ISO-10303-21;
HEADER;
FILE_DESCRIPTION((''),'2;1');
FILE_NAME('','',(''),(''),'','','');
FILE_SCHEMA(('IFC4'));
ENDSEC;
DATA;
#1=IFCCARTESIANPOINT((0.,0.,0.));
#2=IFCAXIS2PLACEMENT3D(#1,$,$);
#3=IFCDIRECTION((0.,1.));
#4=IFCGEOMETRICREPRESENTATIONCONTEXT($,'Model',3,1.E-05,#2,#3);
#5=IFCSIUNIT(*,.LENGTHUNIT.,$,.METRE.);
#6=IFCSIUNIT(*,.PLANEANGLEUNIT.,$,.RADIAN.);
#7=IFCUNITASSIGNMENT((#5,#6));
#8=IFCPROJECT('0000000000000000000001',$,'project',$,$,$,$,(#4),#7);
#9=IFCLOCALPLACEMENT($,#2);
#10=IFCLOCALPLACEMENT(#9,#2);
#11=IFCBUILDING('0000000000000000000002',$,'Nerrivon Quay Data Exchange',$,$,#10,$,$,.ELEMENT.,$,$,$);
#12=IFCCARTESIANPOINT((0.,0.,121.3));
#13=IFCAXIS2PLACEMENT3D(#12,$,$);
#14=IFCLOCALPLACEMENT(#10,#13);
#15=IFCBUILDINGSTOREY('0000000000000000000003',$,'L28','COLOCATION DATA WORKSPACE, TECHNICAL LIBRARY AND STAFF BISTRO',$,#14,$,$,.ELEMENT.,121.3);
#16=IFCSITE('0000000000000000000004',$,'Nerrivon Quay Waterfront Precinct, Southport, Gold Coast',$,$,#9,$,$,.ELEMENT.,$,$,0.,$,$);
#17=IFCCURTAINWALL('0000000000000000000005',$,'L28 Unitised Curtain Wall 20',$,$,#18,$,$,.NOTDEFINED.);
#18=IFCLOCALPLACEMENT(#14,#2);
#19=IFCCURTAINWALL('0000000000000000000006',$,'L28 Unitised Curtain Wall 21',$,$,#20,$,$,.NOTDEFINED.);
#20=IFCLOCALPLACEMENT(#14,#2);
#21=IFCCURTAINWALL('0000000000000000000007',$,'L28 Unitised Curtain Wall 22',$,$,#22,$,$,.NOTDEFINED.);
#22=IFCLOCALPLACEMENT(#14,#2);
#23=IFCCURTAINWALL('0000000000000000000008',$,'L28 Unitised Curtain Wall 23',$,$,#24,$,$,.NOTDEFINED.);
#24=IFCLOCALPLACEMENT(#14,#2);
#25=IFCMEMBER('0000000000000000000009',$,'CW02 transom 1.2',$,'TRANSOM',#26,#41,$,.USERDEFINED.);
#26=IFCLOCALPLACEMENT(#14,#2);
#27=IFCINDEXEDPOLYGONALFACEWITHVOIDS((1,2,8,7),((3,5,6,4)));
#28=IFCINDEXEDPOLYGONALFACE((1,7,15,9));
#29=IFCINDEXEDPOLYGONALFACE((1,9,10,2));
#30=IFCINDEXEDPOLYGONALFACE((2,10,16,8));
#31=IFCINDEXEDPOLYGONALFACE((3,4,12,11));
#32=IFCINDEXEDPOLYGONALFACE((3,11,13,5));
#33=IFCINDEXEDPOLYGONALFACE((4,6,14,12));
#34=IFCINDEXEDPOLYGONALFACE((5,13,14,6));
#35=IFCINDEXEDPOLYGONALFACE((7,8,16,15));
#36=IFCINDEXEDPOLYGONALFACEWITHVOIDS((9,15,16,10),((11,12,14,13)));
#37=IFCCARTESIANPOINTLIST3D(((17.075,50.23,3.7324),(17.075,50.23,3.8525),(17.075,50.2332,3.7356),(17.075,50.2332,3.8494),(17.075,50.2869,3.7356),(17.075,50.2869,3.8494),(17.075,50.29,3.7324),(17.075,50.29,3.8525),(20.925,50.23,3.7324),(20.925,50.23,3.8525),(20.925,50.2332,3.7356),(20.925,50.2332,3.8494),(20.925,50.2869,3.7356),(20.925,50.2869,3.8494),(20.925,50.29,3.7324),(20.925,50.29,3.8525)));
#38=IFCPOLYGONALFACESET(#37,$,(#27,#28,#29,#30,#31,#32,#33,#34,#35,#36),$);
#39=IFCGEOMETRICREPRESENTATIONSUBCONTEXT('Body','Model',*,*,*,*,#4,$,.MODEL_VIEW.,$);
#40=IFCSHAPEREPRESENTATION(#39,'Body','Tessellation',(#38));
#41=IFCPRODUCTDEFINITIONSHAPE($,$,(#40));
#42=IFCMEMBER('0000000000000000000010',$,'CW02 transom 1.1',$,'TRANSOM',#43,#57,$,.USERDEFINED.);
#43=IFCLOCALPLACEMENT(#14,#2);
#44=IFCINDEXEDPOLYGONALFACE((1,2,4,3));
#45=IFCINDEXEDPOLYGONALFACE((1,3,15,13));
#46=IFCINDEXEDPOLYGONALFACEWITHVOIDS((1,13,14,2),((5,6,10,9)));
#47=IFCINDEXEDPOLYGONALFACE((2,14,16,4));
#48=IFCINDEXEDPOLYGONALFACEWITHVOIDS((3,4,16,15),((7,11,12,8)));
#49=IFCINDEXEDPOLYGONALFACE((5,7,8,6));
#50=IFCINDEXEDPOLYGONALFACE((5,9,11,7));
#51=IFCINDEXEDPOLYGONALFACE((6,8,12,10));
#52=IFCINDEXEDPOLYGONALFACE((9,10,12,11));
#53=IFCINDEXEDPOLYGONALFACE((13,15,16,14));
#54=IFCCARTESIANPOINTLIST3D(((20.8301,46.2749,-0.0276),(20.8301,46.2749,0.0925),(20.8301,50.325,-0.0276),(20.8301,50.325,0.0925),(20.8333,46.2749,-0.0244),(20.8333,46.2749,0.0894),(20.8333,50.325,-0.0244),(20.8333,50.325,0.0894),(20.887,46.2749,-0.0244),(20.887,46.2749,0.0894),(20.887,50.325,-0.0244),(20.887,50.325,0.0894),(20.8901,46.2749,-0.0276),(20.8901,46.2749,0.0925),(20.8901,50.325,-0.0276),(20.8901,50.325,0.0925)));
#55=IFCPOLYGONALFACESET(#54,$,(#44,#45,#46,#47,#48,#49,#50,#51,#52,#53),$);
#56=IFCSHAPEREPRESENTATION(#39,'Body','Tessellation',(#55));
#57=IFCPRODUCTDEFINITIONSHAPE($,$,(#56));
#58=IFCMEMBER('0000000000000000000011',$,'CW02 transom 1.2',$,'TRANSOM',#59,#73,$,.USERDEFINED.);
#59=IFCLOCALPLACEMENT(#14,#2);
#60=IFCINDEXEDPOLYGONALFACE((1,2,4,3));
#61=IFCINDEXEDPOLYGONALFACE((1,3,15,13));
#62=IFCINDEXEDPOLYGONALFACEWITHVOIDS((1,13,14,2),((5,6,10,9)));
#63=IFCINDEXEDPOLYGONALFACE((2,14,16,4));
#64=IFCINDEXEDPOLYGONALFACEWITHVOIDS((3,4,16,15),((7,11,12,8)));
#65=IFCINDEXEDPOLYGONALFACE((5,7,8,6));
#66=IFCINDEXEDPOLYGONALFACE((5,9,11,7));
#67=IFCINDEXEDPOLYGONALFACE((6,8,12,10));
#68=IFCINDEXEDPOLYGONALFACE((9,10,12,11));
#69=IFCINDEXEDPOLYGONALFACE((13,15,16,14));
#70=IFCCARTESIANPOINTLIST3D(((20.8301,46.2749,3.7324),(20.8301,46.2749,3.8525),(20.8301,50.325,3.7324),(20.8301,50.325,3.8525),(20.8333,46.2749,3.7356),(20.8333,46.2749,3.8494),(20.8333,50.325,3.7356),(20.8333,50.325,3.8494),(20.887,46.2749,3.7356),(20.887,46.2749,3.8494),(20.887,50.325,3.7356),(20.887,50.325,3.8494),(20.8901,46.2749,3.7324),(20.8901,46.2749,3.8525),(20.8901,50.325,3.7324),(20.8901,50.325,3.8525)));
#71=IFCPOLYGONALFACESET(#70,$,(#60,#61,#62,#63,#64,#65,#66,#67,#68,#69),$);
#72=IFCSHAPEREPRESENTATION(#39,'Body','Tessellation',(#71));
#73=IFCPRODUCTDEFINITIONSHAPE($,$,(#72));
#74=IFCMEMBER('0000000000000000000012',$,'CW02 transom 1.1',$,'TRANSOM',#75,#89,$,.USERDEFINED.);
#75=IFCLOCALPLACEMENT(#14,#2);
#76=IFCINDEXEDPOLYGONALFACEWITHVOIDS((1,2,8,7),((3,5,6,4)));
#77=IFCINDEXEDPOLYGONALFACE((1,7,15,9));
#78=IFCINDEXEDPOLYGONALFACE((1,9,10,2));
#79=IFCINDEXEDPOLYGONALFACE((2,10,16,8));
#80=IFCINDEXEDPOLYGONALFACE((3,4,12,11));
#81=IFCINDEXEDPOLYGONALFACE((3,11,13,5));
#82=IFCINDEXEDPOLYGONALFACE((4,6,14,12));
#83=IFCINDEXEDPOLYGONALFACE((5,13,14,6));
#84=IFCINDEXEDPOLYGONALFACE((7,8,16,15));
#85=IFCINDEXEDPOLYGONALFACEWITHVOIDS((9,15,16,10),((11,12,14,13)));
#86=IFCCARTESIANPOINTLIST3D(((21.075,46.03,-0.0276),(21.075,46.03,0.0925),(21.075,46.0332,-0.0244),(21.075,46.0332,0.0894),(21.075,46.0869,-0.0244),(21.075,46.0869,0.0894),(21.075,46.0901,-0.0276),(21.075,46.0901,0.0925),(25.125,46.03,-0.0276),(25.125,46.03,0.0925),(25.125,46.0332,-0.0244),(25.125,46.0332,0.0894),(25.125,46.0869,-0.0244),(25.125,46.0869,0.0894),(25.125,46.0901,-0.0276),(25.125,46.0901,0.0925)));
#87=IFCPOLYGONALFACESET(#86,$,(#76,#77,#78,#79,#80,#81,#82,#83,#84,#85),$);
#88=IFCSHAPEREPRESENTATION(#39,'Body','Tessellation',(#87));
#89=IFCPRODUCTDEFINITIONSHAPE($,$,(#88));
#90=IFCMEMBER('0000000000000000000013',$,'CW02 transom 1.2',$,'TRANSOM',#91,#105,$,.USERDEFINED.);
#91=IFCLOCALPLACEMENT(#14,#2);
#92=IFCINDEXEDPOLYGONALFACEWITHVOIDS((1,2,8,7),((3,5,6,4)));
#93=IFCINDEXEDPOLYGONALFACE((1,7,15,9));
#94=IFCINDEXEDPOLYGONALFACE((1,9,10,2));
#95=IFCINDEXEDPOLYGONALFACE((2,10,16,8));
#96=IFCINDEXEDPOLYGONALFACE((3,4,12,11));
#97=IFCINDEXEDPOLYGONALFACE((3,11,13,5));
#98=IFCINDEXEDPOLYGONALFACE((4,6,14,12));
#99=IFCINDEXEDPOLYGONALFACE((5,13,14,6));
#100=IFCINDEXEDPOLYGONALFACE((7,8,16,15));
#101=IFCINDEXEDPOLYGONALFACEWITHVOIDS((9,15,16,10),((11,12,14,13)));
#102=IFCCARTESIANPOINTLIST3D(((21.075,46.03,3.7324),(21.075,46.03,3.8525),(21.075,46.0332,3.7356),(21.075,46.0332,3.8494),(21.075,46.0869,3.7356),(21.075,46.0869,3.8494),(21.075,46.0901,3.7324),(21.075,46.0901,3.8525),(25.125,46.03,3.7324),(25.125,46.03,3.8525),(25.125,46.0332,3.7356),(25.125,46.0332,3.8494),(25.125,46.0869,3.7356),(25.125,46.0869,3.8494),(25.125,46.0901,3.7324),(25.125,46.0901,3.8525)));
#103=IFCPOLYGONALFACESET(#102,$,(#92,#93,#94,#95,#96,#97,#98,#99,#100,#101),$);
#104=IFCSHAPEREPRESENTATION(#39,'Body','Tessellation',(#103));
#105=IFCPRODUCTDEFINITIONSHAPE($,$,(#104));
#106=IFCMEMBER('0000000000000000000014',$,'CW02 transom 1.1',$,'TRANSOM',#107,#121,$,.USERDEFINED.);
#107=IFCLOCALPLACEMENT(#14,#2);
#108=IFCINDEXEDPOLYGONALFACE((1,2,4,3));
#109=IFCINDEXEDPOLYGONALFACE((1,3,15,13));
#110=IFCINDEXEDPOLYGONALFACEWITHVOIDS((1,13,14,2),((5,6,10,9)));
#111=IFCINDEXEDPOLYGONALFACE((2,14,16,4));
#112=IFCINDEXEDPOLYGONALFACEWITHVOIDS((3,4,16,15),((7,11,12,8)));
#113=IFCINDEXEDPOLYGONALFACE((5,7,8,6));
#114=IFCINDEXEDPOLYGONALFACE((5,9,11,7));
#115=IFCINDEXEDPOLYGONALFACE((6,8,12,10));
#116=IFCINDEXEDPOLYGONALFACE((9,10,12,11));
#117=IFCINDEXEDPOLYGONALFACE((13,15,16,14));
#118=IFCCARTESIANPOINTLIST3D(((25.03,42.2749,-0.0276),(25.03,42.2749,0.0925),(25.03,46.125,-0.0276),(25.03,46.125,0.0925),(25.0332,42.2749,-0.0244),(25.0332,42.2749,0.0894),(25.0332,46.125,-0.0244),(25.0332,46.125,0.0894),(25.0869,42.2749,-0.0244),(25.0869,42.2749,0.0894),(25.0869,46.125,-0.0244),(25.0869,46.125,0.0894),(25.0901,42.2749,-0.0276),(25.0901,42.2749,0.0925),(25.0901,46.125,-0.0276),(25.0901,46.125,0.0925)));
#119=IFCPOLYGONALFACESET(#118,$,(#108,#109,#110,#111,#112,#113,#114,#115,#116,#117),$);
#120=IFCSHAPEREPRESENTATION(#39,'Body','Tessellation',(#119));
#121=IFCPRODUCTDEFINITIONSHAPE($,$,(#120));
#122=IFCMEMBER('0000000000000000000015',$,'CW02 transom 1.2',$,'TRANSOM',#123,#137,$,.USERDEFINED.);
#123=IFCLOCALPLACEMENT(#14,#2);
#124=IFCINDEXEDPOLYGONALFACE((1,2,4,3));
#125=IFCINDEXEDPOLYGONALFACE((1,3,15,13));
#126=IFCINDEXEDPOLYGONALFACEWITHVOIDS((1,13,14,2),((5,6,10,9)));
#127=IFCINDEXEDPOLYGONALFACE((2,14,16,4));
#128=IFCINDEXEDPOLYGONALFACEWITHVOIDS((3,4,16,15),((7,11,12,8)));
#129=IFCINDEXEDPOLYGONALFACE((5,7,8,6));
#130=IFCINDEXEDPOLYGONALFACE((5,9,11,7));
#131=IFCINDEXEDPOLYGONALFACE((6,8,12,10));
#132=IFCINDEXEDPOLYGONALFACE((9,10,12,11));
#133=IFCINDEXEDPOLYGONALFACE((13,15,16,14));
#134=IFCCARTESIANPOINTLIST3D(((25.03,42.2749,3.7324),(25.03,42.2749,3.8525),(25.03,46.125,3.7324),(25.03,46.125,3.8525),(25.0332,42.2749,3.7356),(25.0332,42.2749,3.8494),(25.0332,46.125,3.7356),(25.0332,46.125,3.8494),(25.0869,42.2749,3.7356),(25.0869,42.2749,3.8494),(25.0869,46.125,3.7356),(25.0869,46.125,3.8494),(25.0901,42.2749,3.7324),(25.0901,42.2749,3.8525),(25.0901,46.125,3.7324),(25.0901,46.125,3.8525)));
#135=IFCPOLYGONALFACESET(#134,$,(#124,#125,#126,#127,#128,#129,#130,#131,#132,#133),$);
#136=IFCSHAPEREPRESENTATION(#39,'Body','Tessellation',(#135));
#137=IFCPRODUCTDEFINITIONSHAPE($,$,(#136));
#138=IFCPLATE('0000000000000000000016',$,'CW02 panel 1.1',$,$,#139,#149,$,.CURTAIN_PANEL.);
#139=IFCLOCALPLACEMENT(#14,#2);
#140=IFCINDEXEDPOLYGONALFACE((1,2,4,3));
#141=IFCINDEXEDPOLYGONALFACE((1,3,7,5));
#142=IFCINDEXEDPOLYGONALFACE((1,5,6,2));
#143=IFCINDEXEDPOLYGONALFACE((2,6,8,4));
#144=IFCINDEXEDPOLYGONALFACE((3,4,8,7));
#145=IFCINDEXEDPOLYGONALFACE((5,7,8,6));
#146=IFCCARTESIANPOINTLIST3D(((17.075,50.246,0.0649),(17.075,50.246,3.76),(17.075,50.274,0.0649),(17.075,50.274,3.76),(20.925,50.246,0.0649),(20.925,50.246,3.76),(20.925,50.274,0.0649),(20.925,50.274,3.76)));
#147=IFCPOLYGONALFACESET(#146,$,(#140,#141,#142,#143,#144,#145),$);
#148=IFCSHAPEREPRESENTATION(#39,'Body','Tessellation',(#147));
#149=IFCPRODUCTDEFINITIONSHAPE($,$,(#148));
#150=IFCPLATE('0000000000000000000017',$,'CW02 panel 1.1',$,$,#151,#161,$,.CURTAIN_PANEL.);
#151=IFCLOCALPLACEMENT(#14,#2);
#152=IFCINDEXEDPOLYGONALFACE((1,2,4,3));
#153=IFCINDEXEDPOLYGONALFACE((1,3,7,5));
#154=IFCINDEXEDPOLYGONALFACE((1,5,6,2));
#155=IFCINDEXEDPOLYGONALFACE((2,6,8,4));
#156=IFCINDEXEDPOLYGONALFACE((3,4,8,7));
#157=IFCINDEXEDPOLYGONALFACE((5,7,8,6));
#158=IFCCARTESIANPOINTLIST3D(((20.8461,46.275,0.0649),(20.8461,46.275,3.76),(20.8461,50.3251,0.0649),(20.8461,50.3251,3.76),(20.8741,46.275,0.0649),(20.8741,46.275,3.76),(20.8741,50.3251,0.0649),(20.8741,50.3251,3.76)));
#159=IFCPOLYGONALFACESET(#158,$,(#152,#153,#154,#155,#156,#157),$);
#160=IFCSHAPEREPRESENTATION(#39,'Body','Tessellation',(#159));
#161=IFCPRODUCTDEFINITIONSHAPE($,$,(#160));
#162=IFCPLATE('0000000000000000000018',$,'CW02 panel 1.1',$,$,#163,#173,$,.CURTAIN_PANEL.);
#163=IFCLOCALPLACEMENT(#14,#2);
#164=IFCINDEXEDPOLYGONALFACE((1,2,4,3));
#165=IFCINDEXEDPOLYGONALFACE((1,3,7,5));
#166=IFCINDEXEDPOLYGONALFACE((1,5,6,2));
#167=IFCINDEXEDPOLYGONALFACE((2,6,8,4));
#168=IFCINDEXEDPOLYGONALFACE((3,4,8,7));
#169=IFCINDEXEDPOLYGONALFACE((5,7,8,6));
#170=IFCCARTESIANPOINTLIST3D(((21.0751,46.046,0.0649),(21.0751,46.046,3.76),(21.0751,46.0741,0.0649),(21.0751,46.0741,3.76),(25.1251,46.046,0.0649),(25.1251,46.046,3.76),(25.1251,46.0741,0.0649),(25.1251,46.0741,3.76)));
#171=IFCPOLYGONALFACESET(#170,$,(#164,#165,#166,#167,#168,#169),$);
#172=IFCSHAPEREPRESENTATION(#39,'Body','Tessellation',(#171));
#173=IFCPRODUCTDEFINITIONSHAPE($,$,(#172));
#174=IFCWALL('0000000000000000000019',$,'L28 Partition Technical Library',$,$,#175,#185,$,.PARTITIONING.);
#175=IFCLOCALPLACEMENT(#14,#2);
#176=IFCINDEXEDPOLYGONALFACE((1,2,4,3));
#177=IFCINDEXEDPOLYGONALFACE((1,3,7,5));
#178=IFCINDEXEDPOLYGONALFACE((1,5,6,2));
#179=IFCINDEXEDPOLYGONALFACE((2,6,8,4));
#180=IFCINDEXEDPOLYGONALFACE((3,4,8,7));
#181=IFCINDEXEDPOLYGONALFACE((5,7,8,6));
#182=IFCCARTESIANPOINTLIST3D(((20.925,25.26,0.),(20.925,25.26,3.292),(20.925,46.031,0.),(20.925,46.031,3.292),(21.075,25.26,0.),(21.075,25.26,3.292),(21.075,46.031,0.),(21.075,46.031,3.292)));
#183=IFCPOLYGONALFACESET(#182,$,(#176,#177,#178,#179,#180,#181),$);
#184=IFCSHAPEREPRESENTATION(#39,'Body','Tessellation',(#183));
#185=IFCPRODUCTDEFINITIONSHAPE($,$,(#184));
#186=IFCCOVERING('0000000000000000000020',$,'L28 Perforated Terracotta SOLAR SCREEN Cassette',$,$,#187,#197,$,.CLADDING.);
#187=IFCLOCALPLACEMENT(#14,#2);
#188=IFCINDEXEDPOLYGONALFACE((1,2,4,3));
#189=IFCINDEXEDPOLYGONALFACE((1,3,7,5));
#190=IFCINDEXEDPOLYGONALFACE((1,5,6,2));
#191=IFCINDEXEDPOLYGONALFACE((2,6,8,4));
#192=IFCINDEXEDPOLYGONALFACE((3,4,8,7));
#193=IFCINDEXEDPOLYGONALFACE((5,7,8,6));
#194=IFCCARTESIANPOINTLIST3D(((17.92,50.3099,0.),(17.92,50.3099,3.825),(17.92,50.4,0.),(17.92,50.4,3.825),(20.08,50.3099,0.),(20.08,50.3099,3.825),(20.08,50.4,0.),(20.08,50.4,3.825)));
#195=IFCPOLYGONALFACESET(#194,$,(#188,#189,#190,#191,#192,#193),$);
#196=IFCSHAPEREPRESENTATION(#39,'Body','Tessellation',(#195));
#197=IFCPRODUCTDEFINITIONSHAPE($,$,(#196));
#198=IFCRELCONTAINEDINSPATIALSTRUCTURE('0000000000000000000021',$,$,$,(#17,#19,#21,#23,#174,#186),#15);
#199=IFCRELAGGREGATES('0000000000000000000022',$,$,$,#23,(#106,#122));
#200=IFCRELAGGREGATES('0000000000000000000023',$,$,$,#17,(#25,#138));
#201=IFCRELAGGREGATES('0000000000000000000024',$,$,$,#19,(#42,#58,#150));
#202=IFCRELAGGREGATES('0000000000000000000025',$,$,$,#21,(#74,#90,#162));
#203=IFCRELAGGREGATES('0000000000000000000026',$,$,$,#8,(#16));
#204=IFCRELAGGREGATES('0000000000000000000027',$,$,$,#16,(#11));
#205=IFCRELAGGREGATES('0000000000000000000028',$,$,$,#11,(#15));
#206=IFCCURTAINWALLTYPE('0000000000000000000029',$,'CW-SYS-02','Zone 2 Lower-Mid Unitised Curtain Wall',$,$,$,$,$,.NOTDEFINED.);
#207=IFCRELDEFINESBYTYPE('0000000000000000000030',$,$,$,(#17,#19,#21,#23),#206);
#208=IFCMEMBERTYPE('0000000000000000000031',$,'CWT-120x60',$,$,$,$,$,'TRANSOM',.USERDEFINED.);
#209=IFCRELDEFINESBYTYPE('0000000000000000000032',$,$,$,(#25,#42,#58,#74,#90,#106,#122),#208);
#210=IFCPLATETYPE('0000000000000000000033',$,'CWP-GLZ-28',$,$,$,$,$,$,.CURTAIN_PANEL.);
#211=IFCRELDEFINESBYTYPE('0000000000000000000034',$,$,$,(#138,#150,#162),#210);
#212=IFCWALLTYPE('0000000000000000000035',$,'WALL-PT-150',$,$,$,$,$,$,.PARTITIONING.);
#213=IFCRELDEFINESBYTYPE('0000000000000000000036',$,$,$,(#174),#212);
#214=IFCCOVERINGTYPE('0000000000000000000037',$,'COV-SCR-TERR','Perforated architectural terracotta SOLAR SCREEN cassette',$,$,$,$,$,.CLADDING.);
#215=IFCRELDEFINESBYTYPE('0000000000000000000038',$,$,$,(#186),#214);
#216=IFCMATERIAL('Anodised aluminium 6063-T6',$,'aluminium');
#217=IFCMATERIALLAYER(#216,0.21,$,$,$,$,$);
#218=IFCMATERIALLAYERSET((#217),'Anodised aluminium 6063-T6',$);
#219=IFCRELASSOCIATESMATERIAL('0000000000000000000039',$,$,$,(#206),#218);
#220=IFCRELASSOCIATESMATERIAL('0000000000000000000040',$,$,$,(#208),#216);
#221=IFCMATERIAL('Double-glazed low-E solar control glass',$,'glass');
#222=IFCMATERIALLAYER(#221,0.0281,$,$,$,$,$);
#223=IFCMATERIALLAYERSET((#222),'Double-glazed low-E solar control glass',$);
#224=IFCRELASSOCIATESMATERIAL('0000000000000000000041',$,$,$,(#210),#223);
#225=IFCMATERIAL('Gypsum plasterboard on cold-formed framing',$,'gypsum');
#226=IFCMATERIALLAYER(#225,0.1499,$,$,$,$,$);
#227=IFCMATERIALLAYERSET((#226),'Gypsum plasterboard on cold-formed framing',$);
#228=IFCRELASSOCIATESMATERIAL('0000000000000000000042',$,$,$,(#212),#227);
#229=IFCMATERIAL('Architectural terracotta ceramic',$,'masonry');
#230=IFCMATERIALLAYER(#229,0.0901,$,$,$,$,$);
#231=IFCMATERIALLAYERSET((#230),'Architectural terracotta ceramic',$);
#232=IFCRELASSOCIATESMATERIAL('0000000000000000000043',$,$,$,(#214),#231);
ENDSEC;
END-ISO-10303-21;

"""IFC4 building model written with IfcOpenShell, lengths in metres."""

from ifc_helpers import new_model, si_unit, direction, frame, frame_2d, origin, origin_2d, place, context, subcontext, project, spatial, rectangle, hollow_rectangle, extrude, material, layer, layer_set, material_profile, profile_set, type_object, element, aggregate, save


model = new_model("IFC4")

# Units and contexts
model_context = context("Model", 3, precision=1e-05, world=origin(), true_north=direction((0.0, 1.0)))
body_context = subcontext(model_context, "Body", "Model", "MODEL_VIEW")
ifc_project = project(units=[si_unit("LENGTHUNIT", "METRE"), si_unit("PLANEANGLEUNIT", "RADIAN")], contexts=[model_context])

# Site, building, storey
site_placement = place(None, origin())
site = spatial("IfcSite", under=ifc_project, at=site_placement, Name="Nerrivon Quay Waterfront Precinct, Southport, Gold Coast", CompositionType="ELEMENT", RefElevation=0.0)
building_placement = place(site_placement, origin())
building = spatial("IfcBuilding", under=site, at=building_placement, Name="Nerrivon Quay Data Exchange", CompositionType="ELEMENT")
storey_placement = place(building_placement, frame((0.0, 0.0, 121.3)))
storey = spatial("IfcBuildingStorey", under=building, at=storey_placement, Name="L28", Description="COLOCATION DATA WORKSPACE, TECHNICAL LIBRARY AND STAFF BISTRO", CompositionType="ELEMENT", Elevation=121.3)

# Shared definitions
ifc_material_1 = material(Name="Anodised aluminium 6063-T6", Category="aluminium")
ifc_layer_1 = layer(ifc_material_1, 0.21)
ifc_layer_set_1 = layer_set([ifc_layer_1], Name="Anodised aluminium 6063-T6")
curtain_wall_type = type_object("IfcCurtainWallType", Name="CW-SYS-02", Description="Zone 2 Lower-Mid Unitised Curtain Wall", PredefinedType="NOTDEFINED", material=ifc_layer_set_1)

# Curtain walls
curtain_wall_1_placement = place(storey_placement, origin())
curtain_wall_1 = element("IfcCurtainWall", 1, at=curtain_wall_1_placement, inside=storey, type_object=curtain_wall_type, Name="L28 Unitised Curtain Wall 20", PredefinedType="NOTDEFINED")
curtain_wall_2_placement = place(storey_placement, origin())
curtain_wall_2 = element("IfcCurtainWall", 2, at=curtain_wall_2_placement, inside=storey, type_object=curtain_wall_type, Name="L28 Unitised Curtain Wall 21", PredefinedType="NOTDEFINED")
curtain_wall_3_placement = place(storey_placement, origin())
curtain_wall_3 = element("IfcCurtainWall", 3, at=curtain_wall_3_placement, inside=storey, type_object=curtain_wall_type, Name="L28 Unitised Curtain Wall 22", PredefinedType="NOTDEFINED")

# Curtain wall
curtain_wall_4_placement = place(storey_placement, origin())
curtain_wall_4 = element("IfcCurtainWall", 4, at=curtain_wall_4_placement, inside=storey, type_object=curtain_wall_type, Name="L28 Unitised Curtain Wall 23", PredefinedType="NOTDEFINED")

# Members
ifc_material_profile_1 = material_profile(ifc_material_1, hollow_rectangle(XDim=0.0601, YDim=0.1201, WallThickness=0.0032, at=origin_2d()), Name="ALU-TRAN-120x60")
ifc_profile_set_1 = profile_set([ifc_material_profile_1], Name="Anodised aluminium 6063-T6")
member_type_1 = type_object("IfcMemberType", Name="CWT-120x60", ElementType="TRANSOM", PredefinedType="USERDEFINED", material=ifc_profile_set_1)
member_1_placement = place(storey_placement, frame((17.075, 50.26, 3.7925), z_axis=(1.0, 0.0, 0.0), x_axis=(0.0, 1.0, 0.0)))
member_1 = element("IfcMember", 5, at=member_1_placement, type_object=member_type_1, Name="CW02 transom 1.2", ObjectType="TRANSOM", PredefinedType="USERDEFINED", context=body_context, shape_type="SweptSolid", body=[
    extrude(hollow_rectangle(XDim=0.0601, YDim=0.1201, WallThickness=0.0032, at=origin_2d()), origin(), (0.0, 0.0, 1.0), 3.8501),
])
member_2_placement = place(storey_placement, frame((20.8601, 50.325, 0.0325), z_axis=(0.0, -1.0, 0.0), x_axis=(1.0, 0.0, 0.0)))
member_2 = element("IfcMember", 6, at=member_2_placement, type_object=member_type_1, Name="CW02 transom 1.1", ObjectType="TRANSOM", PredefinedType="USERDEFINED", context=body_context, shape_type="SweptSolid", body=[
    extrude(hollow_rectangle(XDim=0.0601, YDim=0.1201, WallThickness=0.0032, at=origin_2d()), origin(), (0.0, 0.0, 1.0), 4.05),
])
member_3_placement = place(storey_placement, frame((20.8601, 50.325, 3.7925), z_axis=(0.0, -1.0, 0.0), x_axis=(1.0, 0.0, 0.0)))
member_3 = element("IfcMember", 7, at=member_3_placement, type_object=member_type_1, Name="CW02 transom 1.2", ObjectType="TRANSOM", PredefinedType="USERDEFINED", context=body_context, shape_type="SweptSolid", body=[
    extrude(hollow_rectangle(XDim=0.0601, YDim=0.1201, WallThickness=0.0032, at=origin_2d()), origin(), (0.0, 0.0, 1.0), 4.05),
])
member_4_placement = place(storey_placement, frame((21.075, 46.0601, 0.0325), z_axis=(1.0, 0.0, 0.0), x_axis=(0.0, 1.0, 0.0)))
member_4 = element("IfcMember", 8, at=member_4_placement, type_object=member_type_1, Name="CW02 transom 1.1", ObjectType="TRANSOM", PredefinedType="USERDEFINED", context=body_context, shape_type="SweptSolid", body=[
    extrude(hollow_rectangle(XDim=0.0601, YDim=0.1201, WallThickness=0.0032, at=origin_2d()), origin(), (0.0, 0.0, 1.0), 4.05),
])
member_5_placement = place(storey_placement, frame((21.075, 46.0601, 3.7925), z_axis=(1.0, 0.0, 0.0), x_axis=(0.0, 1.0, 0.0)))
member_5 = element("IfcMember", 9, at=member_5_placement, type_object=member_type_1, Name="CW02 transom 1.2", ObjectType="TRANSOM", PredefinedType="USERDEFINED", context=body_context, shape_type="SweptSolid", body=[
    extrude(hollow_rectangle(XDim=0.0601, YDim=0.1201, WallThickness=0.0032, at=origin_2d()), origin(), (0.0, 0.0, 1.0), 4.05),
])
member_6_placement = place(storey_placement, frame((25.0601, 46.125, 0.0325), z_axis=(0.0, -1.0, 0.0), x_axis=(1.0, 0.0, 0.0)))
member_6 = element("IfcMember", 10, at=member_6_placement, type_object=member_type_1, Name="CW02 transom 1.1", ObjectType="TRANSOM", PredefinedType="USERDEFINED", context=body_context, shape_type="SweptSolid", body=[
    extrude(hollow_rectangle(XDim=0.0601, YDim=0.1201, WallThickness=0.0032, at=origin_2d()), origin(), (0.0, 0.0, 1.0), 3.8501),
])
member_7_placement = place(storey_placement, frame((25.0601, 46.125, 3.7925), z_axis=(0.0, -1.0, 0.0), x_axis=(1.0, 0.0, 0.0)))
member_7 = element("IfcMember", 11, at=member_7_placement, type_object=member_type_1, Name="CW02 transom 1.2", ObjectType="TRANSOM", PredefinedType="USERDEFINED", context=body_context, shape_type="SweptSolid", body=[
    extrude(hollow_rectangle(XDim=0.0601, YDim=0.1201, WallThickness=0.0032, at=origin_2d()), origin(), (0.0, 0.0, 1.0), 3.8501),
])
aggregate(curtain_wall_4, [member_6, member_7])

# Plates
ifc_material_2 = material(Name="Double-glazed low-E solar control glass", Category="glass")
ifc_layer_2 = layer(ifc_material_2, 0.0281)
ifc_layer_set_2 = layer_set([ifc_layer_2], Name="Double-glazed low-E solar control glass")
plate_type = type_object("IfcPlateType", Name="CWP-GLZ-28", PredefinedType="CURTAIN_PANEL", material=ifc_layer_set_2)
plate_1_placement = place(storey_placement, frame((19.0, 50.26, 0.0649), z_axis=(0.0, 0.0, 1.0), x_axis=(1.0, 0.0, 0.0)))
plate_1 = element("IfcPlate", 12, at=plate_1_placement, type_object=plate_type, Name="CW02 panel 1.1", PredefinedType="CURTAIN_PANEL", context=body_context, shape_type="SweptSolid", body=[
    extrude(rectangle(XDim=3.8501, YDim=0.0281, at=origin_2d()), origin(), (0.0, 0.0, 1.0), 3.6951),
])
aggregate(curtain_wall_1, [member_1, plate_1])
plate_2_placement = place(storey_placement, frame((20.8601, 48.3, 0.0649), z_axis=(0.0, 0.0, 1.0), x_axis=(0.0, -1.0, 0.0)))
plate_2 = element("IfcPlate", 13, at=plate_2_placement, type_object=plate_type, Name="CW02 panel 1.1", PredefinedType="CURTAIN_PANEL", context=body_context, shape_type="SweptSolid", body=[
    extrude(rectangle(XDim=4.05, YDim=0.0281, at=origin_2d()), origin(), (0.0, 0.0, 1.0), 3.6951),
])
aggregate(curtain_wall_2, [member_2, member_3, plate_2])
plate_3_placement = place(storey_placement, frame((23.1001, 46.0601, 0.0649), z_axis=(0.0, 0.0, 1.0), x_axis=(1.0, 0.0, 0.0)))
plate_3 = element("IfcPlate", 14, at=plate_3_placement, type_object=plate_type, Name="CW02 panel 1.1", PredefinedType="CURTAIN_PANEL", context=body_context, shape_type="SweptSolid", body=[
    extrude(rectangle(XDim=4.05, YDim=0.0281, at=origin_2d()), origin(), (0.0, 0.0, 1.0), 3.6951),
])
aggregate(curtain_wall_3, [member_4, member_5, plate_3])

# Wall
ifc_material_3 = material(Name="Gypsum plasterboard on cold-formed framing", Category="gypsum")
ifc_layer_3 = layer(ifc_material_3, 0.1499)
ifc_layer_set_3 = layer_set([ifc_layer_3], Name="Gypsum plasterboard on cold-formed framing")
wall_type = type_object("IfcWallType", Name="WALL-PT-150", PredefinedType="PARTITIONING", material=ifc_layer_set_3)
wall_placement = place(storey_placement, frame((21.0, 46.031, 0.0), z_axis=(0.0, 0.0, 1.0), x_axis=(0.0, -1.0, 0.0)))
element("IfcWall", 15, at=wall_placement, inside=storey, type_object=wall_type, Name="L28 Partition Technical Library", PredefinedType="PARTITIONING", context=body_context, shape_type="SweptSolid", body=[
    extrude(rectangle(XDim=20.771, YDim=0.1499, at=frame_2d((10.3855, 0.0))), origin(), (0.0, 0.0, 1.0), 3.292),
])

# Covering
ifc_material_4 = material(Name="Architectural terracotta ceramic", Category="masonry")
ifc_layer_4 = layer(ifc_material_4, 0.0901)
ifc_layer_set_4 = layer_set([ifc_layer_4], Name="Architectural terracotta ceramic")
covering_type = type_object("IfcCoveringType", Name="COV-SCR-TERR", Description="Perforated architectural terracotta SOLAR SCREEN cassette", PredefinedType="CLADDING", material=ifc_layer_set_4)
covering_placement = place(storey_placement, frame((19.0, 50.355, 0.0), z_axis=(0.0, 0.0, 1.0), x_axis=(1.0, 0.0, 0.0)))
element("IfcCovering", 16, at=covering_placement, inside=storey, type_object=covering_type, Name="L28 Perforated Terracotta SOLAR SCREEN Cassette", PredefinedType="CLADDING", context=body_context, shape_type="SweptSolid", body=[
    extrude(rectangle(XDim=2.1599, YDim=0.0901, at=origin_2d()), origin(), (0.0, 0.0, 1.0), 3.825),
])

save(model, "model.ifc")
